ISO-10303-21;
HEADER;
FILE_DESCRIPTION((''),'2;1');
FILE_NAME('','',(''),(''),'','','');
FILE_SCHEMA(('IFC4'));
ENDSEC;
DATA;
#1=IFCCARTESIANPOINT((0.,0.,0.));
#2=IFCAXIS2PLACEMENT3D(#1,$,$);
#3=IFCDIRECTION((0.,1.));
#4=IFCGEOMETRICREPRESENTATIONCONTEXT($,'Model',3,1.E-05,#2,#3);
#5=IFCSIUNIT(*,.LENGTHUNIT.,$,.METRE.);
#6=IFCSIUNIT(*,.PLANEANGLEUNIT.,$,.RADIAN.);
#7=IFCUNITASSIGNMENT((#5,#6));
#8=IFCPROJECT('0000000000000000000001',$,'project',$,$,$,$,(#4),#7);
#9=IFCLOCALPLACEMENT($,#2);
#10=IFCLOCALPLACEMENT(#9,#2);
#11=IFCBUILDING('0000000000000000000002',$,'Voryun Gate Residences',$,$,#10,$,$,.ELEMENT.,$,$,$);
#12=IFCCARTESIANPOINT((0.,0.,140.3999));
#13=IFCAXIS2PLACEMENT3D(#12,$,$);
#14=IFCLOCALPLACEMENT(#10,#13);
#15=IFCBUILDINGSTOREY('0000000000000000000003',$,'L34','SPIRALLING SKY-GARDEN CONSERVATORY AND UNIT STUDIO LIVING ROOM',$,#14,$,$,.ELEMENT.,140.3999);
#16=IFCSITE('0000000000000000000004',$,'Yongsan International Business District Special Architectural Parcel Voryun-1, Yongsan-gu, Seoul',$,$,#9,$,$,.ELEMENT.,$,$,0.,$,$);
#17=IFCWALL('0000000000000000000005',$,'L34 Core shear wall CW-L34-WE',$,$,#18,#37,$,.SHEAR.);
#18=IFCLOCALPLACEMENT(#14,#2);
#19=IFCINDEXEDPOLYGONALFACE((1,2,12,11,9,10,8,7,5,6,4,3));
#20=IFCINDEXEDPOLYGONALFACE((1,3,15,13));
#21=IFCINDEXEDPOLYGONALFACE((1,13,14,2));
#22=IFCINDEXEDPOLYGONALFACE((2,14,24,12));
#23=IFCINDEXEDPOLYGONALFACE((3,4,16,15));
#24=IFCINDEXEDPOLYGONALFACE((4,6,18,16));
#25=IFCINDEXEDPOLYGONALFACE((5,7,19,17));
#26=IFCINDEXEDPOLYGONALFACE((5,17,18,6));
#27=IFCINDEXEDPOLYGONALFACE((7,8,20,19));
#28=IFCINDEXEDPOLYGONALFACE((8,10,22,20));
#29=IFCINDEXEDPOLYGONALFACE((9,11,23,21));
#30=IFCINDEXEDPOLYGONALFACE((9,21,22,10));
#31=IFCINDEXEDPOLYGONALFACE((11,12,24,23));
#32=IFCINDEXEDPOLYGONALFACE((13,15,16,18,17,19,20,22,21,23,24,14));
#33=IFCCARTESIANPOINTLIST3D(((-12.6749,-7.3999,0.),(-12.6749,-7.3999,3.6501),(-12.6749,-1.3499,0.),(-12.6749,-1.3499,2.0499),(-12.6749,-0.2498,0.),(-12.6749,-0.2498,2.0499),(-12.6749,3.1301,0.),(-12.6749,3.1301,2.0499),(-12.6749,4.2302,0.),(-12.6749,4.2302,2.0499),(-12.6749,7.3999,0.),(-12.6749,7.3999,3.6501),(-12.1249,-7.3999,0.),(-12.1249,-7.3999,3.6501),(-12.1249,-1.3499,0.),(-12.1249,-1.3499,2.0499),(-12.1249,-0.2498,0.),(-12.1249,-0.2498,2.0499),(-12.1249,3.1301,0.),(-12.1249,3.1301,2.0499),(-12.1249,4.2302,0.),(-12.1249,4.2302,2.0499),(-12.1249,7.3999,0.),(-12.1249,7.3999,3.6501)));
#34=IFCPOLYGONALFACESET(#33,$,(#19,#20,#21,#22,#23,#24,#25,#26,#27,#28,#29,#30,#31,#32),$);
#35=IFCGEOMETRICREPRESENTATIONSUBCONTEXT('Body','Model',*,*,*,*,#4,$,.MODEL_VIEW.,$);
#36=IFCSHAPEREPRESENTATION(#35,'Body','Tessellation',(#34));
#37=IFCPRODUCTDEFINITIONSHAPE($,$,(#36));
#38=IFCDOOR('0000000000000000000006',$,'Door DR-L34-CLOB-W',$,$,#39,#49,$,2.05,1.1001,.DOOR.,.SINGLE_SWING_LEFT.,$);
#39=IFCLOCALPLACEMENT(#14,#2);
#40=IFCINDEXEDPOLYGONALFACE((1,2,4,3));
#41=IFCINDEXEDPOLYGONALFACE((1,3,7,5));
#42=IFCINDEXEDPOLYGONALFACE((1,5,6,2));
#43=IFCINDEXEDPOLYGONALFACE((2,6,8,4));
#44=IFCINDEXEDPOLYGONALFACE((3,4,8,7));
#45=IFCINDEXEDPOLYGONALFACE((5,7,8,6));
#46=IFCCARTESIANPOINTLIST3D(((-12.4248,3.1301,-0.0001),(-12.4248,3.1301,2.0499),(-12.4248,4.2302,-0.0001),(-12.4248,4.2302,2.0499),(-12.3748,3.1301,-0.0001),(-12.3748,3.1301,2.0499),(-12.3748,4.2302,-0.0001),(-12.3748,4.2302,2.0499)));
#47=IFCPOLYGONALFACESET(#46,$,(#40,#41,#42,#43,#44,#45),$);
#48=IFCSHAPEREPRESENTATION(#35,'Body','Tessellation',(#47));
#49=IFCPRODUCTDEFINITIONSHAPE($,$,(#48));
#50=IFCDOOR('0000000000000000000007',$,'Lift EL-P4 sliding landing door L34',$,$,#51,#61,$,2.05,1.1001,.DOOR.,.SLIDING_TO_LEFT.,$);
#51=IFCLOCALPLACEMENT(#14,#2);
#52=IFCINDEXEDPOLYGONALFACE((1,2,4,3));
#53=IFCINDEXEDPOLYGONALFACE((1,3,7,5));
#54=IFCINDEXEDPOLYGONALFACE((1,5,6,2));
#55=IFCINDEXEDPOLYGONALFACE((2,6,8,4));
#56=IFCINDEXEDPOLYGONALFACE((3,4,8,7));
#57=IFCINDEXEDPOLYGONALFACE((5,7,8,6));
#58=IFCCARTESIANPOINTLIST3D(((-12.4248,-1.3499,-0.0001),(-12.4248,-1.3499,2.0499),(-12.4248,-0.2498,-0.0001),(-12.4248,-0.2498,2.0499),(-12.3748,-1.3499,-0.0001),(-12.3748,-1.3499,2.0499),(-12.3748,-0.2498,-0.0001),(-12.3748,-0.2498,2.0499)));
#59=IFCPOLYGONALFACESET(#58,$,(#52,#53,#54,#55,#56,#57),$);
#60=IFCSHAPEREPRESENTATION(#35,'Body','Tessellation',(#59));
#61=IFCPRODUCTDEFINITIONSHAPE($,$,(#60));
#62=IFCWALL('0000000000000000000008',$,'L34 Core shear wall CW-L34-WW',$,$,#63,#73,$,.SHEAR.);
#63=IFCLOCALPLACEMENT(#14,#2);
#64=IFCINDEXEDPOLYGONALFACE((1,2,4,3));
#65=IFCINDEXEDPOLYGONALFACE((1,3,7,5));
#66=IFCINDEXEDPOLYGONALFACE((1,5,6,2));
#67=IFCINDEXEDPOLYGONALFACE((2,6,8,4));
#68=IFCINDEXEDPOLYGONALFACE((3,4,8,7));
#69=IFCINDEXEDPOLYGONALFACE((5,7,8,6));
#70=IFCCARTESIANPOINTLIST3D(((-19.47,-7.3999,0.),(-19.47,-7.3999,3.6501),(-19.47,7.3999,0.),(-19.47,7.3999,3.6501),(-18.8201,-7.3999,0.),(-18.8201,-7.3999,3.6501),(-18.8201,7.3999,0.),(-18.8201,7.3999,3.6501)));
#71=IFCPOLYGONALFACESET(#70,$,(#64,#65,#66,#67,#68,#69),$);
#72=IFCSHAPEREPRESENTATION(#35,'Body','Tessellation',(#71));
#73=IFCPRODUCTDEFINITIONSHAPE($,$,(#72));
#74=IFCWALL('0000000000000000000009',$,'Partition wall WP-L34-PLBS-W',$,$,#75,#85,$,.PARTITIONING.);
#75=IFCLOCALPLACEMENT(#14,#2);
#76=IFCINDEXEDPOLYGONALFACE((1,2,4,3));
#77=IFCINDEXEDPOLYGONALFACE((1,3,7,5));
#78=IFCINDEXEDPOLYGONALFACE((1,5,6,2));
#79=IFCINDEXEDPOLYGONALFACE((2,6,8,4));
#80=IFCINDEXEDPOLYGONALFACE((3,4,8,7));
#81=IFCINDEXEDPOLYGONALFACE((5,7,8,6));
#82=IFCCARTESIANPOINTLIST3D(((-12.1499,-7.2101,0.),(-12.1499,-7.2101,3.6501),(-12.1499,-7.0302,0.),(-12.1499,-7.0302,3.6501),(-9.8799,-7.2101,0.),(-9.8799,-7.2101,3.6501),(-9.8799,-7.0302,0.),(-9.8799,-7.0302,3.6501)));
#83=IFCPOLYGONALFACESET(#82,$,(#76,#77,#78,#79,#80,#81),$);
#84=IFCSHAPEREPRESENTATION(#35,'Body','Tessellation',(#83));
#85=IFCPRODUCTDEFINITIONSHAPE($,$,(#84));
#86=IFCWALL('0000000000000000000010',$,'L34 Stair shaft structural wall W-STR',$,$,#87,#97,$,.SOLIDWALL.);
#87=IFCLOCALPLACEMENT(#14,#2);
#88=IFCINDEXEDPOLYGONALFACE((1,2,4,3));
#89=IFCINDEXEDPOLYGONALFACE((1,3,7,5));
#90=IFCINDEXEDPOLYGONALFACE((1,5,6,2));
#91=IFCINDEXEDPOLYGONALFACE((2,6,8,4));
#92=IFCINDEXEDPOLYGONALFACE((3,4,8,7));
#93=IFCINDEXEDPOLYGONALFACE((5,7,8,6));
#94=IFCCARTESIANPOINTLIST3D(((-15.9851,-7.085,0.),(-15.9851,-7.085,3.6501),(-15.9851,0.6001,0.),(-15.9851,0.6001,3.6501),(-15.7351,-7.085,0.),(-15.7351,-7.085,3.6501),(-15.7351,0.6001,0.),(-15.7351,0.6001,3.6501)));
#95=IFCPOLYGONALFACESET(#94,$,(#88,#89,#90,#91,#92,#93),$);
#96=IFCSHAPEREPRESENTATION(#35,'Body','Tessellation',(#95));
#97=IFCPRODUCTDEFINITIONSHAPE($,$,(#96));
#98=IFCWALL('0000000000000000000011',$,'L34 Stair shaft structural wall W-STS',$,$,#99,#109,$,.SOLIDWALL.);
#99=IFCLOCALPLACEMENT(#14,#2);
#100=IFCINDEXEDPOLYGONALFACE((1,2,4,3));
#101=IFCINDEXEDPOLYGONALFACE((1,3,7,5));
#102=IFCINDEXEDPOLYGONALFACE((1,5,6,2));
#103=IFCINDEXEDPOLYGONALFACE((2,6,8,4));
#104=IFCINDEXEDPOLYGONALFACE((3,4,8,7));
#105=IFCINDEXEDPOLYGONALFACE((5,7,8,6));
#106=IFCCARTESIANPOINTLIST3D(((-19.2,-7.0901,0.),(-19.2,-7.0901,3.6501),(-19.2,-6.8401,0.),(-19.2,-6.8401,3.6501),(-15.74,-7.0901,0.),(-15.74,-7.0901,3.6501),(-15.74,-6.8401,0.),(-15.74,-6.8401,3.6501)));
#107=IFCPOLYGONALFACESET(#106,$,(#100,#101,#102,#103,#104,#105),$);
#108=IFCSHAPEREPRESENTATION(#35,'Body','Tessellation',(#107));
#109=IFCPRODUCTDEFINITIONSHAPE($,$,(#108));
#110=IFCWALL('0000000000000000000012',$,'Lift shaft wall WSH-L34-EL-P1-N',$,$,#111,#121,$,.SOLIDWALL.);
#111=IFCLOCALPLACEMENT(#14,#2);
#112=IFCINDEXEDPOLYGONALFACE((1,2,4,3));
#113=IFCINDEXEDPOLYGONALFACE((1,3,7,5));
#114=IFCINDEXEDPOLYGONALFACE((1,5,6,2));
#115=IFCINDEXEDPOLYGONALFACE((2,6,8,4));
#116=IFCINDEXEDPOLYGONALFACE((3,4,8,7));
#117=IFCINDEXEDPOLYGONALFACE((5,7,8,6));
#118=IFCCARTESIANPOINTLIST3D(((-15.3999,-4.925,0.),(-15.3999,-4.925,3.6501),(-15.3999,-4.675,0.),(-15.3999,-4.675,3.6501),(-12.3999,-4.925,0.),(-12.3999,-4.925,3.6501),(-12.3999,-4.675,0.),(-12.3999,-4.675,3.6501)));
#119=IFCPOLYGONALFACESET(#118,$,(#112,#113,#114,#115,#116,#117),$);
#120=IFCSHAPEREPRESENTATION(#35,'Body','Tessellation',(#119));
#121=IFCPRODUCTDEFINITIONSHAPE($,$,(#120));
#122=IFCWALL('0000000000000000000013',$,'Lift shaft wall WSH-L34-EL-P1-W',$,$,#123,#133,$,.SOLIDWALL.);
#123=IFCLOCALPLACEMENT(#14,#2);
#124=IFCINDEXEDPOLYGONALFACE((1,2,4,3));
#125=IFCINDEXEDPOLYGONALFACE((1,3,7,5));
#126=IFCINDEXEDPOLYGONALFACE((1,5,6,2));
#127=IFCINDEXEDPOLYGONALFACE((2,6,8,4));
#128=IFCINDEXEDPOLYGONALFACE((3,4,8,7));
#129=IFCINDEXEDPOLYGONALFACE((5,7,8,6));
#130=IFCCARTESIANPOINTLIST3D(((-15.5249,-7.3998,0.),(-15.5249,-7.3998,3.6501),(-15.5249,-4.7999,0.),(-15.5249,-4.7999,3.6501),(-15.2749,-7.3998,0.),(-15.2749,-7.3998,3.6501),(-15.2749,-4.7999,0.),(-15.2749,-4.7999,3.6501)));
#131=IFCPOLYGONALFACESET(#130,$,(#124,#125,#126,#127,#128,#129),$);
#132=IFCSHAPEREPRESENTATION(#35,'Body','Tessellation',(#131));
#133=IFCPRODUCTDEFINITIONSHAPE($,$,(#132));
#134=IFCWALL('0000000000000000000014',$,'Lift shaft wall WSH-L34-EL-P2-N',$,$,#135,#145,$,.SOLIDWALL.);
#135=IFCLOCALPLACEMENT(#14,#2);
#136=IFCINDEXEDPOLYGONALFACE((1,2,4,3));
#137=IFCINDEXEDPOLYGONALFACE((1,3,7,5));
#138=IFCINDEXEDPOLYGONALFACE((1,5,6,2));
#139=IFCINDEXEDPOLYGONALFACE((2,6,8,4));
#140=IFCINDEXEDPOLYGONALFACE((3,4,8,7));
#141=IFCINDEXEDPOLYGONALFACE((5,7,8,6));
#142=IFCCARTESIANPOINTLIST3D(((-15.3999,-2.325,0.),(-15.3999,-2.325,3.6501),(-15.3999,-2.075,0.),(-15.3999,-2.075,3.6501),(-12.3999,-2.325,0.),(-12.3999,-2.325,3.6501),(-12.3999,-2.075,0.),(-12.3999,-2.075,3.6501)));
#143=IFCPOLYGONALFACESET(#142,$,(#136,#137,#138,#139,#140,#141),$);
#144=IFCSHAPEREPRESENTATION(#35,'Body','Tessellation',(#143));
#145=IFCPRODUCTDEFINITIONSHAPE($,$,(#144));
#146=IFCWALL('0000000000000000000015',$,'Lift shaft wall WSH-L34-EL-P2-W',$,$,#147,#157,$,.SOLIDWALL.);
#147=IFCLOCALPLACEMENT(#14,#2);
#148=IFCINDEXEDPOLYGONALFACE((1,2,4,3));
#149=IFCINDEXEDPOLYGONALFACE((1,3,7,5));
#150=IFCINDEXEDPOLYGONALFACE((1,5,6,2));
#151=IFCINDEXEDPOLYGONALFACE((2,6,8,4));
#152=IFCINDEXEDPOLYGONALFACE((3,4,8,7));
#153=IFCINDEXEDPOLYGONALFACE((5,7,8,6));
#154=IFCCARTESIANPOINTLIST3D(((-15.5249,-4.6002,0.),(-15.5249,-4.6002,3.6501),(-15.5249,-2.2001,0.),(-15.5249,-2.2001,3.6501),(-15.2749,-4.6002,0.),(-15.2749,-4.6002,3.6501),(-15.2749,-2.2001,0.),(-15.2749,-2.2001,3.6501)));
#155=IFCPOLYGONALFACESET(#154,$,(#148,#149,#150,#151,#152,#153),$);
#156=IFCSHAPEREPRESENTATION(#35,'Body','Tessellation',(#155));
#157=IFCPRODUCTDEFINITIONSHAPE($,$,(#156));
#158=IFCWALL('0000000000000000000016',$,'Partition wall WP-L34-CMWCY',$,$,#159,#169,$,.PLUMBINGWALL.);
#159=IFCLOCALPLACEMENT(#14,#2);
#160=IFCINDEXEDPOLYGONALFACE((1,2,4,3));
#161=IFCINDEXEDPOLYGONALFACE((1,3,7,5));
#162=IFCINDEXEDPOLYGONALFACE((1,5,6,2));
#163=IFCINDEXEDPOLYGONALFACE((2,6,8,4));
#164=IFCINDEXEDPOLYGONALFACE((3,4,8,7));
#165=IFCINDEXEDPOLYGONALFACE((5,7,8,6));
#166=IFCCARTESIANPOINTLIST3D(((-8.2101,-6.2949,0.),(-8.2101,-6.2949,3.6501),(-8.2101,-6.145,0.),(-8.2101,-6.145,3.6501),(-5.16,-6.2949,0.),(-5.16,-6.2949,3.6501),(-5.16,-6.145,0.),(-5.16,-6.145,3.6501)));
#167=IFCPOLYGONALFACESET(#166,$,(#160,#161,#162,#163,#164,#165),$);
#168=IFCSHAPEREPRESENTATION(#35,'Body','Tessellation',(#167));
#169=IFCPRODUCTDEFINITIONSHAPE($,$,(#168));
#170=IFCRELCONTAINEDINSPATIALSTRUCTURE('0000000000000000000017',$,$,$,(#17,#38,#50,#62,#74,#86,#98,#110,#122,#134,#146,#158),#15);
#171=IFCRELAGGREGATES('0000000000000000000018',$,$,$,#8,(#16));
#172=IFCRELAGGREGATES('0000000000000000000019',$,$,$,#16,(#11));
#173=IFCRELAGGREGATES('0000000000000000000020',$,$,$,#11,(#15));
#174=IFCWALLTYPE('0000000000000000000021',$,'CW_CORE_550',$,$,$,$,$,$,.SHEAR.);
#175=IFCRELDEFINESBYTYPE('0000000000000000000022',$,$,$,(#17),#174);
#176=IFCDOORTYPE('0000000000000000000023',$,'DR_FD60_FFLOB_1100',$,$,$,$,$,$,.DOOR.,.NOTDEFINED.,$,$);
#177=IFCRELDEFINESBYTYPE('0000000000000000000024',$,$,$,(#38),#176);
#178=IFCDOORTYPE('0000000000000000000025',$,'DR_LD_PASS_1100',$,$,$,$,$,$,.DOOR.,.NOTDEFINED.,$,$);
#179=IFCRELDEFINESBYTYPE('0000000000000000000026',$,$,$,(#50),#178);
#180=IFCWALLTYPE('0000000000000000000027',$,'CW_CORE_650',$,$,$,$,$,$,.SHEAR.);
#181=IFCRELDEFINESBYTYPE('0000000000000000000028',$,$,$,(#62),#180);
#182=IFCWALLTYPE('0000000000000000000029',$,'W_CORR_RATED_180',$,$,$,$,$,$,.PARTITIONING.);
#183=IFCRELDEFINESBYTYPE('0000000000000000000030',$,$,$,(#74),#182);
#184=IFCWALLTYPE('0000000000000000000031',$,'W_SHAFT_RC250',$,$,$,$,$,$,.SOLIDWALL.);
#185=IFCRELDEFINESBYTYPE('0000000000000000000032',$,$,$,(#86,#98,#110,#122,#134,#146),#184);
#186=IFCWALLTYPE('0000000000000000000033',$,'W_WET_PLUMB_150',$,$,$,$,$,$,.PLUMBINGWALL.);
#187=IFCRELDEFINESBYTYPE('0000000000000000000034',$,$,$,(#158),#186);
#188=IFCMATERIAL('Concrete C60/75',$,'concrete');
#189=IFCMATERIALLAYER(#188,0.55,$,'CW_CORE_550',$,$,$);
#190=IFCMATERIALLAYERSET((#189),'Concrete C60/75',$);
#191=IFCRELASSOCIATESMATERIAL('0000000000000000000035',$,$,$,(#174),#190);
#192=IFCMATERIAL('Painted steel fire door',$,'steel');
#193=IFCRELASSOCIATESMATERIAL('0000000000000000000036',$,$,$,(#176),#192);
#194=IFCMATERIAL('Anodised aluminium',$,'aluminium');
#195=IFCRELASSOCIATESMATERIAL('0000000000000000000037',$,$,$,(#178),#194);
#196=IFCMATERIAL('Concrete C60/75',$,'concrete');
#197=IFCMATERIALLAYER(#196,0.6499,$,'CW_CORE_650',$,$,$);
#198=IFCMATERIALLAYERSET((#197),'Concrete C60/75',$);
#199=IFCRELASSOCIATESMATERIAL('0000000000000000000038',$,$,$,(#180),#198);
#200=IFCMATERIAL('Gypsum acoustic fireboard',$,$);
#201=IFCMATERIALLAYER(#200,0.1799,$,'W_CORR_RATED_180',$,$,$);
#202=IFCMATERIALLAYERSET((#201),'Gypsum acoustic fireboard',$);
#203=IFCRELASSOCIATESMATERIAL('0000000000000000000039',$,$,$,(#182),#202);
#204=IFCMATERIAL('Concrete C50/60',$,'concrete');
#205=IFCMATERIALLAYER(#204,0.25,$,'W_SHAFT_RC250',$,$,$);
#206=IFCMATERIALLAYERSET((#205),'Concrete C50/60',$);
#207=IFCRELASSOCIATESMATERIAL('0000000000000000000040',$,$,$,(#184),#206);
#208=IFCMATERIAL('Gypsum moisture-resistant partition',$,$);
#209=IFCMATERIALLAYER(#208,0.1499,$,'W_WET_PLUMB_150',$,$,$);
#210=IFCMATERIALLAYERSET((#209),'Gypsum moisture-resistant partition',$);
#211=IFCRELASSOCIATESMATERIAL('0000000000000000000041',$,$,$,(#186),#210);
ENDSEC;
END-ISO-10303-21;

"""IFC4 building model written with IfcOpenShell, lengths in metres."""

from ifc_helpers import new_model, si_unit, direction, frame, frame_2d, origin, place, context, subcontext, project, spatial, rectangle, extrude, material, layer, layer_set, type_object, element, fill, save


model = new_model("IFC4")

# Units and contexts
model_context = context("Model", 3, precision=1e-05, world=origin(), true_north=direction((0.0, 1.0)))
body_context = subcontext(model_context, "Body", "Model", "MODEL_VIEW")
ifc_project = project(units=[si_unit("LENGTHUNIT", "METRE"), si_unit("PLANEANGLEUNIT", "RADIAN")], contexts=[model_context])

# Site, building, storey
site_placement = place(None, origin())
site = spatial("IfcSite", under=ifc_project, at=site_placement, Name="Yongsan International Business District Special Architectural Parcel Voryun-1, Yongsan-gu, Seoul", CompositionType="ELEMENT", RefElevation=0.0)
building_placement = place(site_placement, origin())
building = spatial("IfcBuilding", under=site, at=building_placement, Name="Voryun Gate Residences", CompositionType="ELEMENT")
storey_placement = place(building_placement, frame((0.0, 0.0, 140.3999)))
storey = spatial("IfcBuildingStorey", under=building, at=storey_placement, Name="L34", Description="SPIRALLING SKY-GARDEN CONSERVATORY AND UNIT STUDIO LIVING ROOM", CompositionType="ELEMENT", Elevation=140.3999)

# Wall, openings, doors
ifc_material_1 = material(Name="Concrete C60/75", Category="concrete")
ifc_layer_1 = layer(ifc_material_1, 0.55, Name="CW_CORE_550")
ifc_layer_set_1 = layer_set([ifc_layer_1], Name="Concrete C60/75")
wall_type_1 = type_object("IfcWallType", Name="CW_CORE_550", PredefinedType="SHEAR", material=ifc_layer_set_1)
wall_1_placement = place(storey_placement, frame((-12.3999, -7.3999, 0.0), z_axis=(0.0, 0.0, 1.0), x_axis=(0.0, 1.0, 0.0)))
wall_1 = element("IfcWall", 1, at=wall_1_placement, inside=storey, type_object=wall_type_1, Name="L34 Core shear wall CW-L34-WE", PredefinedType="SHEAR", context=body_context, shape_type="SweptSolid", body=[
    extrude(rectangle(XDim=14.7998, YDim=0.55, at=frame_2d((7.3999, 0.0))), origin(), (0.0, 0.0, 1.0), 3.6501),
])
opening_1_placement = place(wall_1_placement, frame((6.05, 0.0, 0.0)))
opening_1 = element("IfcOpeningElement", 2, at=opening_1_placement, cuts=wall_1, PredefinedType="OPENING", context=body_context, shape_type="SweptSolid", body=[
    extrude(rectangle(XDim=1.1001, YDim=2.05, at=frame_2d((0.55, 1.0249))), frame((0.0, 0.2849, 0.0), z_axis=(0.0, -1.0, 0.0), x_axis=(1.0, 0.0, 0.0)), (0.0, 0.0, 1.0), 0.5701),
])
opening_2_placement = place(wall_1_placement, frame((10.53, 0.0, 0.0)))
opening_2 = element("IfcOpeningElement", 3, at=opening_2_placement, cuts=wall_1, PredefinedType="OPENING", context=body_context, shape_type="SweptSolid", body=[
    extrude(rectangle(XDim=1.1001, YDim=2.05, at=frame_2d((0.55, 1.0249))), frame((0.0, 0.2849, 0.0), z_axis=(0.0, -1.0, 0.0), x_axis=(1.0, 0.0, 0.0)), (0.0, 0.0, 1.0), 0.5701),
])
ifc_material_2 = material(Name="Painted steel fire door", Category="steel")
door_type_1 = type_object("IfcDoorType", Name="DR_FD60_FFLOB_1100", OperationType="NOTDEFINED", PredefinedType="DOOR", material=ifc_material_2)
door_1_placement = place(opening_2_placement, origin())
door_1 = element("IfcDoor", 4, at=door_1_placement, inside=storey, type_object=door_type_1, Name="Door DR-L34-CLOB-W", OperationType="SINGLE_SWING_LEFT", OverallHeight=2.05, OverallWidth=1.1001, PredefinedType="DOOR", context=body_context, shape_type="SweptSolid", body=[
    extrude(rectangle(XDim=1.1001, YDim=2.05, at=frame_2d((0.55, 1.0249))), frame((0.0, 0.0249, 0.0), z_axis=(0.0, -1.0, 0.0), x_axis=(1.0, 0.0, 0.0)), (0.0, 0.0, 1.0), 0.05),
])
fill(opening_2, door_1)
ifc_material_3 = material(Name="Anodised aluminium", Category="aluminium")
door_type_2 = type_object("IfcDoorType", Name="DR_LD_PASS_1100", OperationType="NOTDEFINED", PredefinedType="DOOR", material=ifc_material_3)
door_2_placement = place(opening_1_placement, origin())
door_2 = element("IfcDoor", 5, at=door_2_placement, inside=storey, type_object=door_type_2, Name="Lift EL-P4 sliding landing door L34", OperationType="SLIDING_TO_LEFT", OverallHeight=2.05, OverallWidth=1.1001, PredefinedType="DOOR", context=body_context, shape_type="SweptSolid", body=[
    extrude(rectangle(XDim=1.1001, YDim=2.05, at=frame_2d((0.55, 1.0249))), frame((0.0, 0.0249, 0.0), z_axis=(0.0, -1.0, 0.0), x_axis=(1.0, 0.0, 0.0)), (0.0, 0.0, 1.0), 0.05),
])
fill(opening_1, door_2)

# Walls
ifc_material_4 = material(Name="Concrete C60/75", Category="concrete")
ifc_layer_2 = layer(ifc_material_4, 0.6499, Name="CW_CORE_650")
ifc_layer_set_2 = layer_set([ifc_layer_2], Name="Concrete C60/75")
wall_type_2 = type_object("IfcWallType", Name="CW_CORE_650", PredefinedType="SHEAR", material=ifc_layer_set_2)
wall_2_placement = place(storey_placement, frame((-19.145, -7.3999, 0.0), z_axis=(0.0, 0.0, 1.0), x_axis=(0.0, 1.0, 0.0)))
element("IfcWall", 6, at=wall_2_placement, inside=storey, type_object=wall_type_2, Name="L34 Core shear wall CW-L34-WW", PredefinedType="SHEAR", context=body_context, shape_type="SweptSolid", body=[
    extrude(rectangle(XDim=14.7998, YDim=0.6499, at=frame_2d((7.3999, 0.0))), origin(), (0.0, 0.0, 1.0), 3.6501),
])
ifc_material_5 = material(Name="Gypsum acoustic fireboard")
ifc_layer_3 = layer(ifc_material_5, 0.1799, Name="W_CORR_RATED_180")
ifc_layer_set_3 = layer_set([ifc_layer_3], Name="Gypsum acoustic fireboard")
wall_type_3 = type_object("IfcWallType", Name="W_CORR_RATED_180", PredefinedType="PARTITIONING", material=ifc_layer_set_3)
wall_3_placement = place(storey_placement, frame((-12.1499, -7.1201, 0.0), z_axis=(0.0, 0.0, 1.0), x_axis=(1.0, 0.0, 0.0)))
element("IfcWall", 7, at=wall_3_placement, inside=storey, type_object=wall_type_3, Name="Partition wall WP-L34-PLBS-W", PredefinedType="PARTITIONING", context=body_context, shape_type="SweptSolid", body=[
    extrude(rectangle(XDim=2.27, YDim=0.1799, at=frame_2d((1.135, 0.0))), origin(), (0.0, 0.0, 1.0), 3.6501),
])
ifc_material_6 = material(Name="Concrete C50/60", Category="concrete")
ifc_layer_4 = layer(ifc_material_6, 0.25, Name="W_SHAFT_RC250")
ifc_layer_set_4 = layer_set([ifc_layer_4], Name="Concrete C50/60")
wall_type_4 = type_object("IfcWallType", Name="W_SHAFT_RC250", PredefinedType="SOLIDWALL", material=ifc_layer_set_4)
wall_4_placement = place(storey_placement, frame((-15.8601, -7.085, 0.0), z_axis=(0.0, 0.0, 1.0), x_axis=(0.0, 1.0, 0.0)))
element("IfcWall", 8, at=wall_4_placement, inside=storey, type_object=wall_type_4, Name="L34 Stair shaft structural wall W-STR", PredefinedType="SOLIDWALL", context=body_context, shape_type="SweptSolid", body=[
    extrude(rectangle(XDim=7.6851, YDim=0.25, at=frame_2d((3.8425, 0.0))), origin(), (0.0, 0.0, 1.0), 3.6501),
])
wall_5_placement = place(storey_placement, frame((-19.2, -6.9651, 0.0), z_axis=(0.0, 0.0, 1.0), x_axis=(1.0, 0.0, 0.0)))
element("IfcWall", 9, at=wall_5_placement, inside=storey, type_object=wall_type_4, Name="L34 Stair shaft structural wall W-STS", PredefinedType="SOLIDWALL", context=body_context, shape_type="SweptSolid", body=[
    extrude(rectangle(XDim=3.46, YDim=0.25, at=frame_2d((1.73, 0.0))), origin(), (0.0, 0.0, 1.0), 3.6501),
])
wall_6_placement = place(storey_placement, frame((-12.3999, -4.8, 0.0), z_axis=(0.0, 0.0, 1.0), x_axis=(-1.0, 0.0, 0.0)))
element("IfcWall", 10, at=wall_6_placement, inside=storey, type_object=wall_type_4, Name="Lift shaft wall WSH-L34-EL-P1-N", PredefinedType="SOLIDWALL", context=body_context, shape_type="SweptSolid", body=[
    extrude(rectangle(XDim=3.0, YDim=0.25, at=frame_2d((1.5, 0.0))), origin(), (0.0, 0.0, 1.0), 3.6501),
])
wall_7_placement = place(storey_placement, frame((-15.3999, -4.8, 0.0), z_axis=(0.0, 0.0, 1.0), x_axis=(0.0, -1.0, 0.0)))
element("IfcWall", 11, at=wall_7_placement, inside=storey, type_object=wall_type_4, Name="Lift shaft wall WSH-L34-EL-P1-W", PredefinedType="SOLIDWALL", context=body_context, shape_type="SweptSolid", body=[
    extrude(rectangle(XDim=2.5999, YDim=0.25, at=frame_2d((1.2998, 0.0))), origin(), (0.0, 0.0, 1.0), 3.6501),
])
wall_8_placement = place(storey_placement, frame((-12.3999, -2.2, 0.0), z_axis=(0.0, 0.0, 1.0), x_axis=(-1.0, 0.0, 0.0)))
element("IfcWall", 12, at=wall_8_placement, inside=storey, type_object=wall_type_4, Name="Lift shaft wall WSH-L34-EL-P2-N", PredefinedType="SOLIDWALL", context=body_context, shape_type="SweptSolid", body=[
    extrude(rectangle(XDim=3.0, YDim=0.25, at=frame_2d((1.5, 0.0))), origin(), (0.0, 0.0, 1.0), 3.6501),
])
wall_9_placement = place(storey_placement, frame((-15.3999, -2.2, 0.0), z_axis=(0.0, 0.0, 1.0), x_axis=(0.0, -1.0, 0.0)))
element("IfcWall", 13, at=wall_9_placement, inside=storey, type_object=wall_type_4, Name="Lift shaft wall WSH-L34-EL-P2-W", PredefinedType="SOLIDWALL", context=body_context, shape_type="SweptSolid", body=[
    extrude(rectangle(XDim=2.4001, YDim=0.25, at=frame_2d((1.2002, 0.0))), origin(), (0.0, 0.0, 1.0), 3.6501),
])
ifc_material_7 = material(Name="Gypsum moisture-resistant partition")
ifc_layer_5 = layer(ifc_material_7, 0.1499, Name="W_WET_PLUMB_150")
ifc_layer_set_5 = layer_set([ifc_layer_5], Name="Gypsum moisture-resistant partition")
wall_type_5 = type_object("IfcWallType", Name="W_WET_PLUMB_150", PredefinedType="PLUMBINGWALL", material=ifc_layer_set_5)
wall_10_placement = place(storey_placement, frame((-8.21, -6.22, 0.0), z_axis=(0.0, 0.0, 1.0), x_axis=(1.0, 0.0, 0.0)))
element("IfcWall", 14, at=wall_10_placement, inside=storey, type_object=wall_type_5, Name="Partition wall WP-L34-CMWCY", PredefinedType="PLUMBINGWALL", context=body_context, shape_type="SweptSolid", body=[
    extrude(rectangle(XDim=3.05, YDim=0.1499, at=frame_2d((1.5249, 0.0))), origin(), (0.0, 0.0, 1.0), 3.6501),
])

save(model, "model.ifc")
